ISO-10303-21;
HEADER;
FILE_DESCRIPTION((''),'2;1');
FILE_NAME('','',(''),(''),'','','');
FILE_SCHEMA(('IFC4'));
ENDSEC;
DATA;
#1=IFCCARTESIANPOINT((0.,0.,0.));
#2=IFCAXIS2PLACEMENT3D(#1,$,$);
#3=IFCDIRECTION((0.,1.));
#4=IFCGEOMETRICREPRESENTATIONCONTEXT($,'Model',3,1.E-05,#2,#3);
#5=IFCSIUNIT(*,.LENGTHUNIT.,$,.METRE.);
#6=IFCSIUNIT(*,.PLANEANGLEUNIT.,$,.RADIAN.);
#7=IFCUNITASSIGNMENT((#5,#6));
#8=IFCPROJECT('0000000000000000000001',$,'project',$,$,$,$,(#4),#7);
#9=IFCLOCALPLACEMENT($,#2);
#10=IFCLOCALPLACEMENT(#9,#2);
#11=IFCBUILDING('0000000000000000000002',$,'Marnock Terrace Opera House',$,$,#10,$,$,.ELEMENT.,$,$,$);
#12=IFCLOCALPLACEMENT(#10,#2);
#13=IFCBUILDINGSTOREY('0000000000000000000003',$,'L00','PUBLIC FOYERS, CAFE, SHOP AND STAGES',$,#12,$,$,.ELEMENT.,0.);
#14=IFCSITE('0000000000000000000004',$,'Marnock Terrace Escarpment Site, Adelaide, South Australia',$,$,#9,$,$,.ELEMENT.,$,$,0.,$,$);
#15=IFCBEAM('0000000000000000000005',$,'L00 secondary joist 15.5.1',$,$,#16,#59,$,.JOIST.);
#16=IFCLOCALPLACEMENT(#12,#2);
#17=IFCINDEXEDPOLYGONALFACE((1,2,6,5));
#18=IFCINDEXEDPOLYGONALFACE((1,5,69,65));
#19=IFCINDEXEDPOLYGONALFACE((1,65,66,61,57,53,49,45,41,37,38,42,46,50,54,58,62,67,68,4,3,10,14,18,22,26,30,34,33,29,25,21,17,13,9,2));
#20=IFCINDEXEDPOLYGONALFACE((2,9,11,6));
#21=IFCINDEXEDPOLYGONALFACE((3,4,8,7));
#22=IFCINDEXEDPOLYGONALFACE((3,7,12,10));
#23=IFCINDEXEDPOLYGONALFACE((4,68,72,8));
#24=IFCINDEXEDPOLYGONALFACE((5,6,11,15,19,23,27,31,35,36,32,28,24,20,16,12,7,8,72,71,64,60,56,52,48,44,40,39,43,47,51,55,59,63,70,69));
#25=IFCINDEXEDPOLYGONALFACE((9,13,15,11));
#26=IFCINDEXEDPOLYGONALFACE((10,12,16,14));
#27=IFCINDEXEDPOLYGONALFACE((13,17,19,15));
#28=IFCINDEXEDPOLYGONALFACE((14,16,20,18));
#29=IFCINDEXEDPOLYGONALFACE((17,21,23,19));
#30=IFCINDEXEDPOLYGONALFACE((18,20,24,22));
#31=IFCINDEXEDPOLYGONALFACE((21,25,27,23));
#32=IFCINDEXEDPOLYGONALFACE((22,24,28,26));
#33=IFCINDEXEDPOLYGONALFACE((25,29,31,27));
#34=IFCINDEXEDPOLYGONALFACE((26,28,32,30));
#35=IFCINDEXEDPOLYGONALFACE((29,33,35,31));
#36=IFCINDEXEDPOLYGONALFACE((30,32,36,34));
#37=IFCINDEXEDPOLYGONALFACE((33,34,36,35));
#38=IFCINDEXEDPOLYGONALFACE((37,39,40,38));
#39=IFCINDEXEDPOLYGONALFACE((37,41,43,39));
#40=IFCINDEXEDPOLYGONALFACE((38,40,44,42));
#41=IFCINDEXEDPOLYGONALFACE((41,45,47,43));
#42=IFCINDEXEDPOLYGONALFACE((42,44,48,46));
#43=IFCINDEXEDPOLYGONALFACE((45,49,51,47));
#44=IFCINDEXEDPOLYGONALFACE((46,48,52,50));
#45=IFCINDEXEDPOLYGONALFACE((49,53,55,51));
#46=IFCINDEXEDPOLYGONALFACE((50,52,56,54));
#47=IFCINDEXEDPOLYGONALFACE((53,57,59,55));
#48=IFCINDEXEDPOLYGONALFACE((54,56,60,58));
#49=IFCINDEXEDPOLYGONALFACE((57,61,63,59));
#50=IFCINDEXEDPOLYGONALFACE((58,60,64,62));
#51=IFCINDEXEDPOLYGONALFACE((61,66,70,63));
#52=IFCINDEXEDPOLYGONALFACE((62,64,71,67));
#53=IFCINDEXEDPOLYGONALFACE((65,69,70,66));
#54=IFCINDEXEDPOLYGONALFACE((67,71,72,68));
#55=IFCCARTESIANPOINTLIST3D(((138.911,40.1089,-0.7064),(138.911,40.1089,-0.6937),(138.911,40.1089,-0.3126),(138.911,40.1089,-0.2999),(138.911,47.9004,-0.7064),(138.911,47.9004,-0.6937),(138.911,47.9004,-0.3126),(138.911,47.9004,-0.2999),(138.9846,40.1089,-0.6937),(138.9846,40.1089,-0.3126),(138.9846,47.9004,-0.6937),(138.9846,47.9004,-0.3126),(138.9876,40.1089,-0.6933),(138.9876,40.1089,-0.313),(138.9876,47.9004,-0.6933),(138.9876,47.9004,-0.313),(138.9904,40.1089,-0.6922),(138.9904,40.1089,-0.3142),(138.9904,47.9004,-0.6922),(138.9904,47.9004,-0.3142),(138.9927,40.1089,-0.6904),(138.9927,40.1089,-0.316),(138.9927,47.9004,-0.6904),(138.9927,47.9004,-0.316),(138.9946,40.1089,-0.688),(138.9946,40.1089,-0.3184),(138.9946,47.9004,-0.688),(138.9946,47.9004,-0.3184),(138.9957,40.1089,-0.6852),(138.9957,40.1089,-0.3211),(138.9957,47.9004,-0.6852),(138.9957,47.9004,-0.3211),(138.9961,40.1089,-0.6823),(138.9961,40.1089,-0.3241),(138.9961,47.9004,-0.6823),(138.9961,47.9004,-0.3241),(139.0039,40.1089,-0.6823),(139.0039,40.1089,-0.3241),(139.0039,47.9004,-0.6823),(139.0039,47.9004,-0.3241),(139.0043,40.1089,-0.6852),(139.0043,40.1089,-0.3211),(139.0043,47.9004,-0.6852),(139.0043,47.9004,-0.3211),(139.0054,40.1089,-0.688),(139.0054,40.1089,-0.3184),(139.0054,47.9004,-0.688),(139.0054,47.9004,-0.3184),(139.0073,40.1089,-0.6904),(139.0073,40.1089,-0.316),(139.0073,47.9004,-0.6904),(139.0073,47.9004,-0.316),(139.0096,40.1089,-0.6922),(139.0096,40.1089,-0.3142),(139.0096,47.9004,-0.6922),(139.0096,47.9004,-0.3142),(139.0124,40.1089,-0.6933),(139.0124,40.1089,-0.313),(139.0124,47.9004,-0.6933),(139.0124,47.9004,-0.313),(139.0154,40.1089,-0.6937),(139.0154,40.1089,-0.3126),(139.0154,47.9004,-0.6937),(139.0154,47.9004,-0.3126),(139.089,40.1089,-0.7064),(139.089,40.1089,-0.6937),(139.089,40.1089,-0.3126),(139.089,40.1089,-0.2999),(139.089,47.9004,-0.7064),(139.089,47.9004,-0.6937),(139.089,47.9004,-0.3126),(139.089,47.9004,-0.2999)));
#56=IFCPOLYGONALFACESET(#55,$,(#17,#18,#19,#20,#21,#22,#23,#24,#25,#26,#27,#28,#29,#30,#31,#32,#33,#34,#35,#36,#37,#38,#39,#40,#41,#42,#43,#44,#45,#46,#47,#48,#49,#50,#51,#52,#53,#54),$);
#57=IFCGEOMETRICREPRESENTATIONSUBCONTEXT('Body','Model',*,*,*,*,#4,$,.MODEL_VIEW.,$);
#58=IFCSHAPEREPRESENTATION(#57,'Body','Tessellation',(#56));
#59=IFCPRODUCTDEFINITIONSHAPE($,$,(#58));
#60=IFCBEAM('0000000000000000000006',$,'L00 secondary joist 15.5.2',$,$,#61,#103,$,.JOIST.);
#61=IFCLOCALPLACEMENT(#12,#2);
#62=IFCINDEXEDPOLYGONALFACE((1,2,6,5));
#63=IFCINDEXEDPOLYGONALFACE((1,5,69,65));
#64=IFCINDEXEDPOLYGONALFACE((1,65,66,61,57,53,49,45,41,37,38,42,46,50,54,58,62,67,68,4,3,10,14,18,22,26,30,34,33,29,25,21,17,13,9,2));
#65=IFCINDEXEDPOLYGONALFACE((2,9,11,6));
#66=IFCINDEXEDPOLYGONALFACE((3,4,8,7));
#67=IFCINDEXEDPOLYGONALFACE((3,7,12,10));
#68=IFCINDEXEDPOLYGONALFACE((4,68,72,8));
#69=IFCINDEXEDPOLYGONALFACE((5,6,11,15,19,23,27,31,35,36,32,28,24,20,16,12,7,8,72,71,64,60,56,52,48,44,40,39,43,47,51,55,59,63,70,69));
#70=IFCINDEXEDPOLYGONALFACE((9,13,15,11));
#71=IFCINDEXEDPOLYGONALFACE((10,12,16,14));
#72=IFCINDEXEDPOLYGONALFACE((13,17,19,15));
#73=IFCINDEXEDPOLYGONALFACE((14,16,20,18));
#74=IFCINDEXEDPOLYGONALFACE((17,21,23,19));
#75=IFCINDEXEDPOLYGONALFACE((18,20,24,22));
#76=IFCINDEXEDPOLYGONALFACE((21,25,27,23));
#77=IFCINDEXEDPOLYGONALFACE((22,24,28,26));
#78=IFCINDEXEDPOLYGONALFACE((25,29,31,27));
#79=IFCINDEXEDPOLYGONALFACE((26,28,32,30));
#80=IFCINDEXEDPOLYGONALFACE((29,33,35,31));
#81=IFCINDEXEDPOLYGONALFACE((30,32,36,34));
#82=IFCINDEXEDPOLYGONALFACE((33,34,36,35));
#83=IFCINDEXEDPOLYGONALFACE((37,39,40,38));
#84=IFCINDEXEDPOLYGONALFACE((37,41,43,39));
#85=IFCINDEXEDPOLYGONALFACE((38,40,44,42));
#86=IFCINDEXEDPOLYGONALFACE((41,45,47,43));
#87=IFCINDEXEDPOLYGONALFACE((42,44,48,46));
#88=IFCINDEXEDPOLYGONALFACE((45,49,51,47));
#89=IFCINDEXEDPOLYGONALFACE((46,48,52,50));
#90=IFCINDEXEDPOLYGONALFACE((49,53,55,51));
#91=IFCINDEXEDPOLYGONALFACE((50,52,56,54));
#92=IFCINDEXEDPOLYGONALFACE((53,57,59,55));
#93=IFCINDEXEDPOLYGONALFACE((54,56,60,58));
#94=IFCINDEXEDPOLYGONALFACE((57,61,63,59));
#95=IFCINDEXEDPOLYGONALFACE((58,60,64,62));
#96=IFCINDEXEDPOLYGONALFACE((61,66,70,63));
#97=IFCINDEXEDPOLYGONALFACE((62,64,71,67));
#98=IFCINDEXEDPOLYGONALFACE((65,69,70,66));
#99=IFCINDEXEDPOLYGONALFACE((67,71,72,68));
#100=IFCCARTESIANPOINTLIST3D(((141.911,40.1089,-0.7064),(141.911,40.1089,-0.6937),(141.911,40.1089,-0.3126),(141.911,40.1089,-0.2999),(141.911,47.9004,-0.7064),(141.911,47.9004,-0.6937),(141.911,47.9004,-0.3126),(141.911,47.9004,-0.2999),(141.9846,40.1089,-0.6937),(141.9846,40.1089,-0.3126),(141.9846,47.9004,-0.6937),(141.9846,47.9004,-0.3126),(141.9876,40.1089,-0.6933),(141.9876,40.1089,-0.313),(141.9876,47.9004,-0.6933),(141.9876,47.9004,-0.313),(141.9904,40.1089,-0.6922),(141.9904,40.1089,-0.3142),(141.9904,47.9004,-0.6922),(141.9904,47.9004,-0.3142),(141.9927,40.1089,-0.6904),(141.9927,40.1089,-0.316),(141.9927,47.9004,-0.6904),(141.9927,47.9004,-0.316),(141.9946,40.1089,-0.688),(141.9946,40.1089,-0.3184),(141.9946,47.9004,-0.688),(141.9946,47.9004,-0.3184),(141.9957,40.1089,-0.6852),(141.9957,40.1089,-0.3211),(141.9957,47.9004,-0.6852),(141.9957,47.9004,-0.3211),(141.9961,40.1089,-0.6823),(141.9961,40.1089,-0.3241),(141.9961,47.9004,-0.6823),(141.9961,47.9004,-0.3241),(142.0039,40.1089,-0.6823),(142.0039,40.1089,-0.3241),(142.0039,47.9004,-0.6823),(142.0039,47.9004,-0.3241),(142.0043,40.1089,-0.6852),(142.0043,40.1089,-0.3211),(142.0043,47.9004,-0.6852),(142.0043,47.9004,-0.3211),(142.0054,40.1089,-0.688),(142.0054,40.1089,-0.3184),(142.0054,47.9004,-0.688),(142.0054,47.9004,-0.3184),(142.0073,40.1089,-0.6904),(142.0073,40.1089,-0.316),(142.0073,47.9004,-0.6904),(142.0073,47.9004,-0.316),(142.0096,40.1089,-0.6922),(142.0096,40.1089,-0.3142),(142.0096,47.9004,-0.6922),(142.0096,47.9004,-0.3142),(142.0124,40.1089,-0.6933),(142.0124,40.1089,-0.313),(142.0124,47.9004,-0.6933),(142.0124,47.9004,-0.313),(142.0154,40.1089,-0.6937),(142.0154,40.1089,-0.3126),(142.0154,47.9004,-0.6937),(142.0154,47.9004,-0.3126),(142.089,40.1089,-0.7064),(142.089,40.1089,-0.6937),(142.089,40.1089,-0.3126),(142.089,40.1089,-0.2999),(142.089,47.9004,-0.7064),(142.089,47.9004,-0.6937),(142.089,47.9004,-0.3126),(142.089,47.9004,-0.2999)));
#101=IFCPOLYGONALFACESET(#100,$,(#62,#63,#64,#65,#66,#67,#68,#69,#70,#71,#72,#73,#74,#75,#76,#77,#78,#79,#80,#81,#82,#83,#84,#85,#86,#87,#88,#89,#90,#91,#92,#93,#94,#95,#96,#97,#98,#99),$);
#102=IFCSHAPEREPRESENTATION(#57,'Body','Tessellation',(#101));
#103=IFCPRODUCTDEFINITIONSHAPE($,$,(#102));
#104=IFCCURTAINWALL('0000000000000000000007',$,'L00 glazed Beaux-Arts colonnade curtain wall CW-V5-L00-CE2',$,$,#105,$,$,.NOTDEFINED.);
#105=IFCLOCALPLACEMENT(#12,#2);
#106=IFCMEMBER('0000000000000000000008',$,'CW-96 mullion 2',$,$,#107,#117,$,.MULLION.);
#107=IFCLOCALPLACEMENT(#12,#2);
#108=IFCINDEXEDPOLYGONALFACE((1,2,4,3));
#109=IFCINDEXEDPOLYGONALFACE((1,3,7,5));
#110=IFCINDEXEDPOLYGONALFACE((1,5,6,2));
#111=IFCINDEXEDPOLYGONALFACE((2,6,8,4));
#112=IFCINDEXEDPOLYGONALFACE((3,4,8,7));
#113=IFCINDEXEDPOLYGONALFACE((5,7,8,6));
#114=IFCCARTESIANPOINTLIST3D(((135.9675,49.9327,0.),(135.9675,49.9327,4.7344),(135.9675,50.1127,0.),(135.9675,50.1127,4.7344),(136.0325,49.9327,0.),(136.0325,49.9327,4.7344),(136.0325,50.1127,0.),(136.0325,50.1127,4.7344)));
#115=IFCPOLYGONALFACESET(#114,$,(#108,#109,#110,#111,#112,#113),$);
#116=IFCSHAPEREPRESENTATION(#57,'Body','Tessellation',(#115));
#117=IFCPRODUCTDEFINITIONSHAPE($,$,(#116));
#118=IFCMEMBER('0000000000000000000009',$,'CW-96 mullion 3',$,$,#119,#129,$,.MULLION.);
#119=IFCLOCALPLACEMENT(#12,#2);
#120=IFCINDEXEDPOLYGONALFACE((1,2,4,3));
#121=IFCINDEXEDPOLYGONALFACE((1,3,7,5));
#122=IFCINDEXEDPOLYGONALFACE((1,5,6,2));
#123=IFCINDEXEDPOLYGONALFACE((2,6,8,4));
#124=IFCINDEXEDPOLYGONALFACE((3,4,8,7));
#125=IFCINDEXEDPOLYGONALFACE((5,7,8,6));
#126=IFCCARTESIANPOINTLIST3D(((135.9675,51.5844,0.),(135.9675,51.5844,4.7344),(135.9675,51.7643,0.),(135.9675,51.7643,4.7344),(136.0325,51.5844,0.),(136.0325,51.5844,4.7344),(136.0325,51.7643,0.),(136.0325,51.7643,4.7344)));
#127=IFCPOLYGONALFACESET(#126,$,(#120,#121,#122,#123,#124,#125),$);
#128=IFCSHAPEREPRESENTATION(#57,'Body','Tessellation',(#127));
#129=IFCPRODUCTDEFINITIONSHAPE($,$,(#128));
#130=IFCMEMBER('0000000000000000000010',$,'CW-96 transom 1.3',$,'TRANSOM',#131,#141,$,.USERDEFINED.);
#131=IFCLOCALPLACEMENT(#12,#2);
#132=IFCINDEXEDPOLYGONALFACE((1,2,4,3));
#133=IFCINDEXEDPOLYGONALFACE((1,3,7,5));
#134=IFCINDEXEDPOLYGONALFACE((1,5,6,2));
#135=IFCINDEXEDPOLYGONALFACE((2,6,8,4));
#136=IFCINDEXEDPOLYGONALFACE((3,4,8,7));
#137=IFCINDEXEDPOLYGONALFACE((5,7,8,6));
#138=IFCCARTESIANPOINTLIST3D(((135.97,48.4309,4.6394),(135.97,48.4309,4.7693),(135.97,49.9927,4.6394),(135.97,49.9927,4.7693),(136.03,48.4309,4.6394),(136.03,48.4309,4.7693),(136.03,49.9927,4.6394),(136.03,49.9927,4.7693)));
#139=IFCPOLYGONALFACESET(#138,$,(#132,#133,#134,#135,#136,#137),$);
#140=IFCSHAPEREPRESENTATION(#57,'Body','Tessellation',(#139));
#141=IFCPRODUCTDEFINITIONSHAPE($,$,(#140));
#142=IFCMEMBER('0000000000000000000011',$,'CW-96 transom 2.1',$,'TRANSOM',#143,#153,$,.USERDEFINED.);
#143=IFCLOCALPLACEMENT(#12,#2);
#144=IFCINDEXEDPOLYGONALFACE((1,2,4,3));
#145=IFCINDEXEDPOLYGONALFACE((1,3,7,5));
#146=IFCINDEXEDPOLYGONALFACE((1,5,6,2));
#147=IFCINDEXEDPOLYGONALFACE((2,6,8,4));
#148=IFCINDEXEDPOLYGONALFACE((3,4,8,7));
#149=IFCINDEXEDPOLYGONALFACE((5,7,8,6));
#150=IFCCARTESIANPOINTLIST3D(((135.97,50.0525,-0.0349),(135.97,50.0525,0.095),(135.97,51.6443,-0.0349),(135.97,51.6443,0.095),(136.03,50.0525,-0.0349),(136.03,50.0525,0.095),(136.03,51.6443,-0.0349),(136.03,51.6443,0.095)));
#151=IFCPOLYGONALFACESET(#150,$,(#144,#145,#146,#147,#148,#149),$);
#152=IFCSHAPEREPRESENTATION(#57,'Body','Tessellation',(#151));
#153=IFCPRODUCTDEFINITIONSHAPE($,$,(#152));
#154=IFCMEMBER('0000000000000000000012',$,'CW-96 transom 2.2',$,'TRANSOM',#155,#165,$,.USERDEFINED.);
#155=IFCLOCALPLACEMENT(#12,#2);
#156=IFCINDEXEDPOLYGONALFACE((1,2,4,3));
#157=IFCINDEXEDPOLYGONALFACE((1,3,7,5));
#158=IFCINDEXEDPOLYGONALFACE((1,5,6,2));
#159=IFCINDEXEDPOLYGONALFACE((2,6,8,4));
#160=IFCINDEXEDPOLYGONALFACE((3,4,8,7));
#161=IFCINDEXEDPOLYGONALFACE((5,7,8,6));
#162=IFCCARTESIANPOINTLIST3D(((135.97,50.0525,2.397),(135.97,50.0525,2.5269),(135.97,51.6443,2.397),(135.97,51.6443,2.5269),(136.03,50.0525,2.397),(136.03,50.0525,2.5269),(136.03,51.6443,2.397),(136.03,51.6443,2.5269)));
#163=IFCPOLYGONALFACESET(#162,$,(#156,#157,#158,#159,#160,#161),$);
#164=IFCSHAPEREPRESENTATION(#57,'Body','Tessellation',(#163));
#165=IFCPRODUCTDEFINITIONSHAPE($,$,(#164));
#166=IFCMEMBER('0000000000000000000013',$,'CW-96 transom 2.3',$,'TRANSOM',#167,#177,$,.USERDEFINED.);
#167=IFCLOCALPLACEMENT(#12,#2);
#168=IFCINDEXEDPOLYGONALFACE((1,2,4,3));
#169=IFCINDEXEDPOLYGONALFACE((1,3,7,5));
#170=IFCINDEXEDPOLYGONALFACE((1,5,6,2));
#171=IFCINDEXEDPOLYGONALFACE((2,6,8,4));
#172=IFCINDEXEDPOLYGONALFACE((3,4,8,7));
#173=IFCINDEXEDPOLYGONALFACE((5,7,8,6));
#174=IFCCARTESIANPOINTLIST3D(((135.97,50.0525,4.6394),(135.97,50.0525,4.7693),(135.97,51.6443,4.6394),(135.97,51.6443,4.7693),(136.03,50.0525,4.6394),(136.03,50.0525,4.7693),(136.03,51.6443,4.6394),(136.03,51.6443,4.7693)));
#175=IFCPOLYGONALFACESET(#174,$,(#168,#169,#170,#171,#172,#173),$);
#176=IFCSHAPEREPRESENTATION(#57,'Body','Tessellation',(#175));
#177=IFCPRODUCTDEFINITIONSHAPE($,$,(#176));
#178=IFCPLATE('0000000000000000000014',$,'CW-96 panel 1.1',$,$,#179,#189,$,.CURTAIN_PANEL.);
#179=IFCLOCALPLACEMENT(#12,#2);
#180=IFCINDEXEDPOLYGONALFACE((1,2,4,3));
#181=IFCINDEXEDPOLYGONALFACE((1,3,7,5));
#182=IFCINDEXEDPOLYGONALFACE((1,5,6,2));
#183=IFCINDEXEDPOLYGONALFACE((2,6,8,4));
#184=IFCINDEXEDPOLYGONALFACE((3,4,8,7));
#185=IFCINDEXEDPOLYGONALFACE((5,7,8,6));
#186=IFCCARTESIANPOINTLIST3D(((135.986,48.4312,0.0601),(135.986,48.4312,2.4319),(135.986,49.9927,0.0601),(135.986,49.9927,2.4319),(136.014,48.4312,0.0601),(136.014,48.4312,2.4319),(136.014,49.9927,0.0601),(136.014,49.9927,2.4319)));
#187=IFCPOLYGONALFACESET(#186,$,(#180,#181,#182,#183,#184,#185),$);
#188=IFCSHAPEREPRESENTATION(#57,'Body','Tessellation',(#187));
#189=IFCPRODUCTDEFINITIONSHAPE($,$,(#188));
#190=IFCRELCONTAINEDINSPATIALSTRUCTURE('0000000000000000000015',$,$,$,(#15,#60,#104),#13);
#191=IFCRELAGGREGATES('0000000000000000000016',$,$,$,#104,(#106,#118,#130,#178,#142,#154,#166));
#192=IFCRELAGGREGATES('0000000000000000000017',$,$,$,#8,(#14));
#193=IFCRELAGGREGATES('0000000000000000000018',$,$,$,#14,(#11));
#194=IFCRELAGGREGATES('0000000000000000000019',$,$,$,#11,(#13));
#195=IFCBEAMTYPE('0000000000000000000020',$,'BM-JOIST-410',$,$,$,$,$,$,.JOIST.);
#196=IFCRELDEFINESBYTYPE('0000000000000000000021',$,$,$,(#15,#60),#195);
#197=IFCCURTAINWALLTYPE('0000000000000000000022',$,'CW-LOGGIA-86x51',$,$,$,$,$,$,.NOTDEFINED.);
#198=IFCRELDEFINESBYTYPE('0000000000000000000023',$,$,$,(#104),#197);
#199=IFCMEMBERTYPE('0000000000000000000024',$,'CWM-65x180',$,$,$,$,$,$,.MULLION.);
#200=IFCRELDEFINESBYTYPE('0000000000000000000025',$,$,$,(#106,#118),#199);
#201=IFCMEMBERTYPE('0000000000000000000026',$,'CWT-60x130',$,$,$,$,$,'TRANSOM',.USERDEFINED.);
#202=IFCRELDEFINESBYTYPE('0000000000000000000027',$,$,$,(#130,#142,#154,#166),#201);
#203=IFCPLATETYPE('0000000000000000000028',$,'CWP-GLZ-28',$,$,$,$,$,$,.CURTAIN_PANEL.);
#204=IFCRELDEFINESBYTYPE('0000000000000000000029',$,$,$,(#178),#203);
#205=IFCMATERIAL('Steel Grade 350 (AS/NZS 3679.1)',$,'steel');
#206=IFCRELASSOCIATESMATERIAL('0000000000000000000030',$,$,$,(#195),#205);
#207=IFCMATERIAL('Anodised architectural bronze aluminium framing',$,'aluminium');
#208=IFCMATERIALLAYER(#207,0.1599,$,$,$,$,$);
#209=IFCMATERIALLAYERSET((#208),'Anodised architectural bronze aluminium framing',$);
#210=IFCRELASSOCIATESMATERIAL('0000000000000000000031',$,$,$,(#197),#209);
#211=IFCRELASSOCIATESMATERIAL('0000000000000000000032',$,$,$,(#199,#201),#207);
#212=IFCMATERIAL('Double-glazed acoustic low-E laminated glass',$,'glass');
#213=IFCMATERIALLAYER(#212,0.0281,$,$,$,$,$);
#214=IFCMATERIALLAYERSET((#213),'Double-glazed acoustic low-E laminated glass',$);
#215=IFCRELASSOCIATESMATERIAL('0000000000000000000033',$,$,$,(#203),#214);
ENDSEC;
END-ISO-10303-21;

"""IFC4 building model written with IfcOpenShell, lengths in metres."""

from ifc_helpers import new_model, si_unit, direction, frame, origin, origin_2d, place, context, subcontext, project, spatial, rectangle, i_section, extrude, material, layer, layer_set, material_profile, profile_set, type_object, element, aggregate, save


model = new_model("IFC4")

# Units and contexts
model_context = context("Model", 3, precision=1e-05, world=origin(), true_north=direction((0.0, 1.0)))
body_context = subcontext(model_context, "Body", "Model", "MODEL_VIEW")
ifc_project = project(units=[si_unit("LENGTHUNIT", "METRE"), si_unit("PLANEANGLEUNIT", "RADIAN")], contexts=[model_context])

# Site, building, storey
site_placement = place(None, origin())
site = spatial("IfcSite", under=ifc_project, at=site_placement, Name="Marnock Terrace Escarpment Site, Adelaide, South Australia", CompositionType="ELEMENT", RefElevation=0.0)
building_placement = place(site_placement, origin())
building = spatial("IfcBuilding", under=site, at=building_placement, Name="Marnock Terrace Opera House", CompositionType="ELEMENT")
storey_placement = place(building_placement, origin())
storey = spatial("IfcBuildingStorey", under=building, at=storey_placement, Name="L00", Description="PUBLIC FOYERS, CAFE, SHOP AND STAGES", CompositionType="ELEMENT", Elevation=0.0)

# Beams
ifc_material_1 = material(Name="Steel Grade 350 (AS/NZS 3679.1)", Category="steel")
ifc_material_profile_1 = material_profile(ifc_material_1, i_section(OverallWidth=0.178, OverallDepth=0.4065, WebThickness=0.0078, FlangeThickness=0.0127, FilletRadius=0.0115, at=origin_2d()))
ifc_profile_set_1 = profile_set([ifc_material_profile_1], Name="Steel Grade 350 (AS/NZS 3679.1)")
beam_type_1 = type_object("IfcBeamType", Name="BM-JOIST-410", PredefinedType="JOIST", material=ifc_profile_set_1)
for number, where, z_axis, x_axis, name in (
    (1, (139.0, 40.1089, -0.5032), (0.0, 1.0, 0.0), (-1.0, 0.0, 0.0), "L00 secondary joist 15.5.1"),
    (2, (142.0, 40.1089, -0.5032), (0.0, 1.0, 0.0), (-1.0, 0.0, 0.0), "L00 secondary joist 15.5.2"),
):
    element("IfcBeam", number, at=place(storey_placement, frame(where, z_axis=z_axis, x_axis=x_axis)), inside=storey, type_object=beam_type_1, Name=name, PredefinedType="JOIST", context=body_context, shape_type="SweptSolid", body=[
        extrude(i_section(OverallWidth=0.178, OverallDepth=0.4065, WebThickness=0.0078, FlangeThickness=0.0127, FilletRadius=0.0115, at=origin_2d()), origin(), (0.0, 0.0, 1.0), 7.7915),
    ])

# Curtain wall, members, plate
ifc_material_2 = material(Name="Anodised architectural bronze aluminium framing", Category="aluminium")
ifc_layer_1 = layer(ifc_material_2, 0.1599)
ifc_layer_set_1 = layer_set([ifc_layer_1], Name="Anodised architectural bronze aluminium framing")
curtain_wall_type = type_object("IfcCurtainWallType", Name="CW-LOGGIA-86x51", PredefinedType="NOTDEFINED", material=ifc_layer_set_1)
curtain_wall_placement = place(storey_placement, origin())
curtain_wall = element("IfcCurtainWall", 3, at=curtain_wall_placement, inside=storey, type_object=curtain_wall_type, Name="L00 glazed Beaux-Arts colonnade curtain wall CW-V5-L00-CE2", PredefinedType="NOTDEFINED")
ifc_material_profile_2 = material_profile(ifc_material_2, rectangle(XDim=0.0649, YDim=0.1799, at=origin_2d()))
ifc_profile_set_2 = profile_set([ifc_material_profile_2], Name="Anodised architectural bronze aluminium framing")
member_type_1 = type_object("IfcMemberType", Name="CWM-65x180", PredefinedType="MULLION", material=ifc_profile_set_2)
member_1_placement = place(storey_placement, frame((136.0, 50.0227, 0.0), z_axis=(0.0, 0.0, 1.0), x_axis=(-1.0, 0.0, 0.0)))
member_1 = element("IfcMember", 4, at=member_1_placement, type_object=member_type_1, Name="CW-96 mullion 2", PredefinedType="MULLION", context=body_context, shape_type="SweptSolid", body=[
    extrude(rectangle(XDim=0.0649, YDim=0.1799, at=origin_2d()), origin(), (0.0, 0.0, 1.0), 4.7344),
])
member_2_placement = place(storey_placement, frame((136.0, 51.6743, 0.0), z_axis=(0.0, 0.0, 1.0), x_axis=(-1.0, 0.0, 0.0)))
member_2 = element("IfcMember", 5, at=member_2_placement, type_object=member_type_1, Name="CW-96 mullion 3", PredefinedType="MULLION", context=body_context, shape_type="SweptSolid", body=[
    extrude(rectangle(XDim=0.0649, YDim=0.1799, at=origin_2d()), origin(), (0.0, 0.0, 1.0), 4.7344),
])
ifc_material_profile_3 = material_profile(ifc_material_2, rectangle(XDim=0.0601, YDim=0.1299, at=origin_2d()))
ifc_profile_set_3 = profile_set([ifc_material_profile_3], Name="Anodised architectural bronze aluminium framing")
member_type_2 = type_object("IfcMemberType", Name="CWT-60x130", ElementType="TRANSOM", PredefinedType="USERDEFINED", material=ifc_profile_set_3)
member_3_placement = place(storey_placement, frame((136.0, 48.4309, 4.7043), z_axis=(0.0, 1.0, 0.0), x_axis=(-1.0, 0.0, 0.0)))
member_3 = element("IfcMember", 6, at=member_3_placement, type_object=member_type_2, Name="CW-96 transom 1.3", ObjectType="TRANSOM", PredefinedType="USERDEFINED", context=body_context, shape_type="SweptSolid", body=[
    extrude(rectangle(XDim=0.0601, YDim=0.1299, at=origin_2d()), origin(), (0.0, 0.0, 1.0), 1.5618),
])
member_4_placement = place(storey_placement, frame((136.0, 50.0525, 0.03), z_axis=(0.0, 1.0, 0.0), x_axis=(-1.0, 0.0, 0.0)))
member_4 = element("IfcMember", 7, at=member_4_placement, type_object=member_type_2, Name="CW-96 transom 2.1", ObjectType="TRANSOM", PredefinedType="USERDEFINED", context=body_context, shape_type="SweptSolid", body=[
    extrude(rectangle(XDim=0.0601, YDim=0.1299, at=origin_2d()), origin(), (0.0, 0.0, 1.0), 1.5918),
])
member_5_placement = place(storey_placement, frame((136.0, 50.0525, 2.4619), z_axis=(0.0, 1.0, 0.0), x_axis=(-1.0, 0.0, 0.0)))
member_5 = element("IfcMember", 8, at=member_5_placement, type_object=member_type_2, Name="CW-96 transom 2.2", ObjectType="TRANSOM", PredefinedType="USERDEFINED", context=body_context, shape_type="SweptSolid", body=[
    extrude(rectangle(XDim=0.0601, YDim=0.1299, at=origin_2d()), origin(), (0.0, 0.0, 1.0), 1.5918),
])
member_6_placement = place(storey_placement, frame((136.0, 50.0525, 4.7043), z_axis=(0.0, 1.0, 0.0), x_axis=(-1.0, 0.0, 0.0)))
member_6 = element("IfcMember", 9, at=member_6_placement, type_object=member_type_2, Name="CW-96 transom 2.3", ObjectType="TRANSOM", PredefinedType="USERDEFINED", context=body_context, shape_type="SweptSolid", body=[
    extrude(rectangle(XDim=0.0601, YDim=0.1299, at=origin_2d()), origin(), (0.0, 0.0, 1.0), 1.5918),
])
ifc_material_3 = material(Name="Double-glazed acoustic low-E laminated glass", Category="glass")
ifc_layer_2 = layer(ifc_material_3, 0.0281)
ifc_layer_set_2 = layer_set([ifc_layer_2], Name="Double-glazed acoustic low-E laminated glass")
plate_type = type_object("IfcPlateType", Name="CWP-GLZ-28", PredefinedType="CURTAIN_PANEL", material=ifc_layer_set_2)
plate_1_placement = place(storey_placement, frame((136.0, 49.2119, 0.0601), z_axis=(0.0, 0.0, 1.0), x_axis=(0.0, 1.0, 0.0)))
plate_1 = element("IfcPlate", 10, at=plate_1_placement, type_object=plate_type, Name="CW-96 panel 1.1", PredefinedType="CURTAIN_PANEL", context=body_context, shape_type="SweptSolid", body=[
    extrude(rectangle(XDim=1.5615, YDim=0.0281, at=origin_2d()), origin(), (0.0, 0.0, 1.0), 2.3718),
])
aggregate(curtain_wall, [member_1, member_2, member_3, plate_1, member_4, member_5, member_6])

save(model, "model.ifc")
